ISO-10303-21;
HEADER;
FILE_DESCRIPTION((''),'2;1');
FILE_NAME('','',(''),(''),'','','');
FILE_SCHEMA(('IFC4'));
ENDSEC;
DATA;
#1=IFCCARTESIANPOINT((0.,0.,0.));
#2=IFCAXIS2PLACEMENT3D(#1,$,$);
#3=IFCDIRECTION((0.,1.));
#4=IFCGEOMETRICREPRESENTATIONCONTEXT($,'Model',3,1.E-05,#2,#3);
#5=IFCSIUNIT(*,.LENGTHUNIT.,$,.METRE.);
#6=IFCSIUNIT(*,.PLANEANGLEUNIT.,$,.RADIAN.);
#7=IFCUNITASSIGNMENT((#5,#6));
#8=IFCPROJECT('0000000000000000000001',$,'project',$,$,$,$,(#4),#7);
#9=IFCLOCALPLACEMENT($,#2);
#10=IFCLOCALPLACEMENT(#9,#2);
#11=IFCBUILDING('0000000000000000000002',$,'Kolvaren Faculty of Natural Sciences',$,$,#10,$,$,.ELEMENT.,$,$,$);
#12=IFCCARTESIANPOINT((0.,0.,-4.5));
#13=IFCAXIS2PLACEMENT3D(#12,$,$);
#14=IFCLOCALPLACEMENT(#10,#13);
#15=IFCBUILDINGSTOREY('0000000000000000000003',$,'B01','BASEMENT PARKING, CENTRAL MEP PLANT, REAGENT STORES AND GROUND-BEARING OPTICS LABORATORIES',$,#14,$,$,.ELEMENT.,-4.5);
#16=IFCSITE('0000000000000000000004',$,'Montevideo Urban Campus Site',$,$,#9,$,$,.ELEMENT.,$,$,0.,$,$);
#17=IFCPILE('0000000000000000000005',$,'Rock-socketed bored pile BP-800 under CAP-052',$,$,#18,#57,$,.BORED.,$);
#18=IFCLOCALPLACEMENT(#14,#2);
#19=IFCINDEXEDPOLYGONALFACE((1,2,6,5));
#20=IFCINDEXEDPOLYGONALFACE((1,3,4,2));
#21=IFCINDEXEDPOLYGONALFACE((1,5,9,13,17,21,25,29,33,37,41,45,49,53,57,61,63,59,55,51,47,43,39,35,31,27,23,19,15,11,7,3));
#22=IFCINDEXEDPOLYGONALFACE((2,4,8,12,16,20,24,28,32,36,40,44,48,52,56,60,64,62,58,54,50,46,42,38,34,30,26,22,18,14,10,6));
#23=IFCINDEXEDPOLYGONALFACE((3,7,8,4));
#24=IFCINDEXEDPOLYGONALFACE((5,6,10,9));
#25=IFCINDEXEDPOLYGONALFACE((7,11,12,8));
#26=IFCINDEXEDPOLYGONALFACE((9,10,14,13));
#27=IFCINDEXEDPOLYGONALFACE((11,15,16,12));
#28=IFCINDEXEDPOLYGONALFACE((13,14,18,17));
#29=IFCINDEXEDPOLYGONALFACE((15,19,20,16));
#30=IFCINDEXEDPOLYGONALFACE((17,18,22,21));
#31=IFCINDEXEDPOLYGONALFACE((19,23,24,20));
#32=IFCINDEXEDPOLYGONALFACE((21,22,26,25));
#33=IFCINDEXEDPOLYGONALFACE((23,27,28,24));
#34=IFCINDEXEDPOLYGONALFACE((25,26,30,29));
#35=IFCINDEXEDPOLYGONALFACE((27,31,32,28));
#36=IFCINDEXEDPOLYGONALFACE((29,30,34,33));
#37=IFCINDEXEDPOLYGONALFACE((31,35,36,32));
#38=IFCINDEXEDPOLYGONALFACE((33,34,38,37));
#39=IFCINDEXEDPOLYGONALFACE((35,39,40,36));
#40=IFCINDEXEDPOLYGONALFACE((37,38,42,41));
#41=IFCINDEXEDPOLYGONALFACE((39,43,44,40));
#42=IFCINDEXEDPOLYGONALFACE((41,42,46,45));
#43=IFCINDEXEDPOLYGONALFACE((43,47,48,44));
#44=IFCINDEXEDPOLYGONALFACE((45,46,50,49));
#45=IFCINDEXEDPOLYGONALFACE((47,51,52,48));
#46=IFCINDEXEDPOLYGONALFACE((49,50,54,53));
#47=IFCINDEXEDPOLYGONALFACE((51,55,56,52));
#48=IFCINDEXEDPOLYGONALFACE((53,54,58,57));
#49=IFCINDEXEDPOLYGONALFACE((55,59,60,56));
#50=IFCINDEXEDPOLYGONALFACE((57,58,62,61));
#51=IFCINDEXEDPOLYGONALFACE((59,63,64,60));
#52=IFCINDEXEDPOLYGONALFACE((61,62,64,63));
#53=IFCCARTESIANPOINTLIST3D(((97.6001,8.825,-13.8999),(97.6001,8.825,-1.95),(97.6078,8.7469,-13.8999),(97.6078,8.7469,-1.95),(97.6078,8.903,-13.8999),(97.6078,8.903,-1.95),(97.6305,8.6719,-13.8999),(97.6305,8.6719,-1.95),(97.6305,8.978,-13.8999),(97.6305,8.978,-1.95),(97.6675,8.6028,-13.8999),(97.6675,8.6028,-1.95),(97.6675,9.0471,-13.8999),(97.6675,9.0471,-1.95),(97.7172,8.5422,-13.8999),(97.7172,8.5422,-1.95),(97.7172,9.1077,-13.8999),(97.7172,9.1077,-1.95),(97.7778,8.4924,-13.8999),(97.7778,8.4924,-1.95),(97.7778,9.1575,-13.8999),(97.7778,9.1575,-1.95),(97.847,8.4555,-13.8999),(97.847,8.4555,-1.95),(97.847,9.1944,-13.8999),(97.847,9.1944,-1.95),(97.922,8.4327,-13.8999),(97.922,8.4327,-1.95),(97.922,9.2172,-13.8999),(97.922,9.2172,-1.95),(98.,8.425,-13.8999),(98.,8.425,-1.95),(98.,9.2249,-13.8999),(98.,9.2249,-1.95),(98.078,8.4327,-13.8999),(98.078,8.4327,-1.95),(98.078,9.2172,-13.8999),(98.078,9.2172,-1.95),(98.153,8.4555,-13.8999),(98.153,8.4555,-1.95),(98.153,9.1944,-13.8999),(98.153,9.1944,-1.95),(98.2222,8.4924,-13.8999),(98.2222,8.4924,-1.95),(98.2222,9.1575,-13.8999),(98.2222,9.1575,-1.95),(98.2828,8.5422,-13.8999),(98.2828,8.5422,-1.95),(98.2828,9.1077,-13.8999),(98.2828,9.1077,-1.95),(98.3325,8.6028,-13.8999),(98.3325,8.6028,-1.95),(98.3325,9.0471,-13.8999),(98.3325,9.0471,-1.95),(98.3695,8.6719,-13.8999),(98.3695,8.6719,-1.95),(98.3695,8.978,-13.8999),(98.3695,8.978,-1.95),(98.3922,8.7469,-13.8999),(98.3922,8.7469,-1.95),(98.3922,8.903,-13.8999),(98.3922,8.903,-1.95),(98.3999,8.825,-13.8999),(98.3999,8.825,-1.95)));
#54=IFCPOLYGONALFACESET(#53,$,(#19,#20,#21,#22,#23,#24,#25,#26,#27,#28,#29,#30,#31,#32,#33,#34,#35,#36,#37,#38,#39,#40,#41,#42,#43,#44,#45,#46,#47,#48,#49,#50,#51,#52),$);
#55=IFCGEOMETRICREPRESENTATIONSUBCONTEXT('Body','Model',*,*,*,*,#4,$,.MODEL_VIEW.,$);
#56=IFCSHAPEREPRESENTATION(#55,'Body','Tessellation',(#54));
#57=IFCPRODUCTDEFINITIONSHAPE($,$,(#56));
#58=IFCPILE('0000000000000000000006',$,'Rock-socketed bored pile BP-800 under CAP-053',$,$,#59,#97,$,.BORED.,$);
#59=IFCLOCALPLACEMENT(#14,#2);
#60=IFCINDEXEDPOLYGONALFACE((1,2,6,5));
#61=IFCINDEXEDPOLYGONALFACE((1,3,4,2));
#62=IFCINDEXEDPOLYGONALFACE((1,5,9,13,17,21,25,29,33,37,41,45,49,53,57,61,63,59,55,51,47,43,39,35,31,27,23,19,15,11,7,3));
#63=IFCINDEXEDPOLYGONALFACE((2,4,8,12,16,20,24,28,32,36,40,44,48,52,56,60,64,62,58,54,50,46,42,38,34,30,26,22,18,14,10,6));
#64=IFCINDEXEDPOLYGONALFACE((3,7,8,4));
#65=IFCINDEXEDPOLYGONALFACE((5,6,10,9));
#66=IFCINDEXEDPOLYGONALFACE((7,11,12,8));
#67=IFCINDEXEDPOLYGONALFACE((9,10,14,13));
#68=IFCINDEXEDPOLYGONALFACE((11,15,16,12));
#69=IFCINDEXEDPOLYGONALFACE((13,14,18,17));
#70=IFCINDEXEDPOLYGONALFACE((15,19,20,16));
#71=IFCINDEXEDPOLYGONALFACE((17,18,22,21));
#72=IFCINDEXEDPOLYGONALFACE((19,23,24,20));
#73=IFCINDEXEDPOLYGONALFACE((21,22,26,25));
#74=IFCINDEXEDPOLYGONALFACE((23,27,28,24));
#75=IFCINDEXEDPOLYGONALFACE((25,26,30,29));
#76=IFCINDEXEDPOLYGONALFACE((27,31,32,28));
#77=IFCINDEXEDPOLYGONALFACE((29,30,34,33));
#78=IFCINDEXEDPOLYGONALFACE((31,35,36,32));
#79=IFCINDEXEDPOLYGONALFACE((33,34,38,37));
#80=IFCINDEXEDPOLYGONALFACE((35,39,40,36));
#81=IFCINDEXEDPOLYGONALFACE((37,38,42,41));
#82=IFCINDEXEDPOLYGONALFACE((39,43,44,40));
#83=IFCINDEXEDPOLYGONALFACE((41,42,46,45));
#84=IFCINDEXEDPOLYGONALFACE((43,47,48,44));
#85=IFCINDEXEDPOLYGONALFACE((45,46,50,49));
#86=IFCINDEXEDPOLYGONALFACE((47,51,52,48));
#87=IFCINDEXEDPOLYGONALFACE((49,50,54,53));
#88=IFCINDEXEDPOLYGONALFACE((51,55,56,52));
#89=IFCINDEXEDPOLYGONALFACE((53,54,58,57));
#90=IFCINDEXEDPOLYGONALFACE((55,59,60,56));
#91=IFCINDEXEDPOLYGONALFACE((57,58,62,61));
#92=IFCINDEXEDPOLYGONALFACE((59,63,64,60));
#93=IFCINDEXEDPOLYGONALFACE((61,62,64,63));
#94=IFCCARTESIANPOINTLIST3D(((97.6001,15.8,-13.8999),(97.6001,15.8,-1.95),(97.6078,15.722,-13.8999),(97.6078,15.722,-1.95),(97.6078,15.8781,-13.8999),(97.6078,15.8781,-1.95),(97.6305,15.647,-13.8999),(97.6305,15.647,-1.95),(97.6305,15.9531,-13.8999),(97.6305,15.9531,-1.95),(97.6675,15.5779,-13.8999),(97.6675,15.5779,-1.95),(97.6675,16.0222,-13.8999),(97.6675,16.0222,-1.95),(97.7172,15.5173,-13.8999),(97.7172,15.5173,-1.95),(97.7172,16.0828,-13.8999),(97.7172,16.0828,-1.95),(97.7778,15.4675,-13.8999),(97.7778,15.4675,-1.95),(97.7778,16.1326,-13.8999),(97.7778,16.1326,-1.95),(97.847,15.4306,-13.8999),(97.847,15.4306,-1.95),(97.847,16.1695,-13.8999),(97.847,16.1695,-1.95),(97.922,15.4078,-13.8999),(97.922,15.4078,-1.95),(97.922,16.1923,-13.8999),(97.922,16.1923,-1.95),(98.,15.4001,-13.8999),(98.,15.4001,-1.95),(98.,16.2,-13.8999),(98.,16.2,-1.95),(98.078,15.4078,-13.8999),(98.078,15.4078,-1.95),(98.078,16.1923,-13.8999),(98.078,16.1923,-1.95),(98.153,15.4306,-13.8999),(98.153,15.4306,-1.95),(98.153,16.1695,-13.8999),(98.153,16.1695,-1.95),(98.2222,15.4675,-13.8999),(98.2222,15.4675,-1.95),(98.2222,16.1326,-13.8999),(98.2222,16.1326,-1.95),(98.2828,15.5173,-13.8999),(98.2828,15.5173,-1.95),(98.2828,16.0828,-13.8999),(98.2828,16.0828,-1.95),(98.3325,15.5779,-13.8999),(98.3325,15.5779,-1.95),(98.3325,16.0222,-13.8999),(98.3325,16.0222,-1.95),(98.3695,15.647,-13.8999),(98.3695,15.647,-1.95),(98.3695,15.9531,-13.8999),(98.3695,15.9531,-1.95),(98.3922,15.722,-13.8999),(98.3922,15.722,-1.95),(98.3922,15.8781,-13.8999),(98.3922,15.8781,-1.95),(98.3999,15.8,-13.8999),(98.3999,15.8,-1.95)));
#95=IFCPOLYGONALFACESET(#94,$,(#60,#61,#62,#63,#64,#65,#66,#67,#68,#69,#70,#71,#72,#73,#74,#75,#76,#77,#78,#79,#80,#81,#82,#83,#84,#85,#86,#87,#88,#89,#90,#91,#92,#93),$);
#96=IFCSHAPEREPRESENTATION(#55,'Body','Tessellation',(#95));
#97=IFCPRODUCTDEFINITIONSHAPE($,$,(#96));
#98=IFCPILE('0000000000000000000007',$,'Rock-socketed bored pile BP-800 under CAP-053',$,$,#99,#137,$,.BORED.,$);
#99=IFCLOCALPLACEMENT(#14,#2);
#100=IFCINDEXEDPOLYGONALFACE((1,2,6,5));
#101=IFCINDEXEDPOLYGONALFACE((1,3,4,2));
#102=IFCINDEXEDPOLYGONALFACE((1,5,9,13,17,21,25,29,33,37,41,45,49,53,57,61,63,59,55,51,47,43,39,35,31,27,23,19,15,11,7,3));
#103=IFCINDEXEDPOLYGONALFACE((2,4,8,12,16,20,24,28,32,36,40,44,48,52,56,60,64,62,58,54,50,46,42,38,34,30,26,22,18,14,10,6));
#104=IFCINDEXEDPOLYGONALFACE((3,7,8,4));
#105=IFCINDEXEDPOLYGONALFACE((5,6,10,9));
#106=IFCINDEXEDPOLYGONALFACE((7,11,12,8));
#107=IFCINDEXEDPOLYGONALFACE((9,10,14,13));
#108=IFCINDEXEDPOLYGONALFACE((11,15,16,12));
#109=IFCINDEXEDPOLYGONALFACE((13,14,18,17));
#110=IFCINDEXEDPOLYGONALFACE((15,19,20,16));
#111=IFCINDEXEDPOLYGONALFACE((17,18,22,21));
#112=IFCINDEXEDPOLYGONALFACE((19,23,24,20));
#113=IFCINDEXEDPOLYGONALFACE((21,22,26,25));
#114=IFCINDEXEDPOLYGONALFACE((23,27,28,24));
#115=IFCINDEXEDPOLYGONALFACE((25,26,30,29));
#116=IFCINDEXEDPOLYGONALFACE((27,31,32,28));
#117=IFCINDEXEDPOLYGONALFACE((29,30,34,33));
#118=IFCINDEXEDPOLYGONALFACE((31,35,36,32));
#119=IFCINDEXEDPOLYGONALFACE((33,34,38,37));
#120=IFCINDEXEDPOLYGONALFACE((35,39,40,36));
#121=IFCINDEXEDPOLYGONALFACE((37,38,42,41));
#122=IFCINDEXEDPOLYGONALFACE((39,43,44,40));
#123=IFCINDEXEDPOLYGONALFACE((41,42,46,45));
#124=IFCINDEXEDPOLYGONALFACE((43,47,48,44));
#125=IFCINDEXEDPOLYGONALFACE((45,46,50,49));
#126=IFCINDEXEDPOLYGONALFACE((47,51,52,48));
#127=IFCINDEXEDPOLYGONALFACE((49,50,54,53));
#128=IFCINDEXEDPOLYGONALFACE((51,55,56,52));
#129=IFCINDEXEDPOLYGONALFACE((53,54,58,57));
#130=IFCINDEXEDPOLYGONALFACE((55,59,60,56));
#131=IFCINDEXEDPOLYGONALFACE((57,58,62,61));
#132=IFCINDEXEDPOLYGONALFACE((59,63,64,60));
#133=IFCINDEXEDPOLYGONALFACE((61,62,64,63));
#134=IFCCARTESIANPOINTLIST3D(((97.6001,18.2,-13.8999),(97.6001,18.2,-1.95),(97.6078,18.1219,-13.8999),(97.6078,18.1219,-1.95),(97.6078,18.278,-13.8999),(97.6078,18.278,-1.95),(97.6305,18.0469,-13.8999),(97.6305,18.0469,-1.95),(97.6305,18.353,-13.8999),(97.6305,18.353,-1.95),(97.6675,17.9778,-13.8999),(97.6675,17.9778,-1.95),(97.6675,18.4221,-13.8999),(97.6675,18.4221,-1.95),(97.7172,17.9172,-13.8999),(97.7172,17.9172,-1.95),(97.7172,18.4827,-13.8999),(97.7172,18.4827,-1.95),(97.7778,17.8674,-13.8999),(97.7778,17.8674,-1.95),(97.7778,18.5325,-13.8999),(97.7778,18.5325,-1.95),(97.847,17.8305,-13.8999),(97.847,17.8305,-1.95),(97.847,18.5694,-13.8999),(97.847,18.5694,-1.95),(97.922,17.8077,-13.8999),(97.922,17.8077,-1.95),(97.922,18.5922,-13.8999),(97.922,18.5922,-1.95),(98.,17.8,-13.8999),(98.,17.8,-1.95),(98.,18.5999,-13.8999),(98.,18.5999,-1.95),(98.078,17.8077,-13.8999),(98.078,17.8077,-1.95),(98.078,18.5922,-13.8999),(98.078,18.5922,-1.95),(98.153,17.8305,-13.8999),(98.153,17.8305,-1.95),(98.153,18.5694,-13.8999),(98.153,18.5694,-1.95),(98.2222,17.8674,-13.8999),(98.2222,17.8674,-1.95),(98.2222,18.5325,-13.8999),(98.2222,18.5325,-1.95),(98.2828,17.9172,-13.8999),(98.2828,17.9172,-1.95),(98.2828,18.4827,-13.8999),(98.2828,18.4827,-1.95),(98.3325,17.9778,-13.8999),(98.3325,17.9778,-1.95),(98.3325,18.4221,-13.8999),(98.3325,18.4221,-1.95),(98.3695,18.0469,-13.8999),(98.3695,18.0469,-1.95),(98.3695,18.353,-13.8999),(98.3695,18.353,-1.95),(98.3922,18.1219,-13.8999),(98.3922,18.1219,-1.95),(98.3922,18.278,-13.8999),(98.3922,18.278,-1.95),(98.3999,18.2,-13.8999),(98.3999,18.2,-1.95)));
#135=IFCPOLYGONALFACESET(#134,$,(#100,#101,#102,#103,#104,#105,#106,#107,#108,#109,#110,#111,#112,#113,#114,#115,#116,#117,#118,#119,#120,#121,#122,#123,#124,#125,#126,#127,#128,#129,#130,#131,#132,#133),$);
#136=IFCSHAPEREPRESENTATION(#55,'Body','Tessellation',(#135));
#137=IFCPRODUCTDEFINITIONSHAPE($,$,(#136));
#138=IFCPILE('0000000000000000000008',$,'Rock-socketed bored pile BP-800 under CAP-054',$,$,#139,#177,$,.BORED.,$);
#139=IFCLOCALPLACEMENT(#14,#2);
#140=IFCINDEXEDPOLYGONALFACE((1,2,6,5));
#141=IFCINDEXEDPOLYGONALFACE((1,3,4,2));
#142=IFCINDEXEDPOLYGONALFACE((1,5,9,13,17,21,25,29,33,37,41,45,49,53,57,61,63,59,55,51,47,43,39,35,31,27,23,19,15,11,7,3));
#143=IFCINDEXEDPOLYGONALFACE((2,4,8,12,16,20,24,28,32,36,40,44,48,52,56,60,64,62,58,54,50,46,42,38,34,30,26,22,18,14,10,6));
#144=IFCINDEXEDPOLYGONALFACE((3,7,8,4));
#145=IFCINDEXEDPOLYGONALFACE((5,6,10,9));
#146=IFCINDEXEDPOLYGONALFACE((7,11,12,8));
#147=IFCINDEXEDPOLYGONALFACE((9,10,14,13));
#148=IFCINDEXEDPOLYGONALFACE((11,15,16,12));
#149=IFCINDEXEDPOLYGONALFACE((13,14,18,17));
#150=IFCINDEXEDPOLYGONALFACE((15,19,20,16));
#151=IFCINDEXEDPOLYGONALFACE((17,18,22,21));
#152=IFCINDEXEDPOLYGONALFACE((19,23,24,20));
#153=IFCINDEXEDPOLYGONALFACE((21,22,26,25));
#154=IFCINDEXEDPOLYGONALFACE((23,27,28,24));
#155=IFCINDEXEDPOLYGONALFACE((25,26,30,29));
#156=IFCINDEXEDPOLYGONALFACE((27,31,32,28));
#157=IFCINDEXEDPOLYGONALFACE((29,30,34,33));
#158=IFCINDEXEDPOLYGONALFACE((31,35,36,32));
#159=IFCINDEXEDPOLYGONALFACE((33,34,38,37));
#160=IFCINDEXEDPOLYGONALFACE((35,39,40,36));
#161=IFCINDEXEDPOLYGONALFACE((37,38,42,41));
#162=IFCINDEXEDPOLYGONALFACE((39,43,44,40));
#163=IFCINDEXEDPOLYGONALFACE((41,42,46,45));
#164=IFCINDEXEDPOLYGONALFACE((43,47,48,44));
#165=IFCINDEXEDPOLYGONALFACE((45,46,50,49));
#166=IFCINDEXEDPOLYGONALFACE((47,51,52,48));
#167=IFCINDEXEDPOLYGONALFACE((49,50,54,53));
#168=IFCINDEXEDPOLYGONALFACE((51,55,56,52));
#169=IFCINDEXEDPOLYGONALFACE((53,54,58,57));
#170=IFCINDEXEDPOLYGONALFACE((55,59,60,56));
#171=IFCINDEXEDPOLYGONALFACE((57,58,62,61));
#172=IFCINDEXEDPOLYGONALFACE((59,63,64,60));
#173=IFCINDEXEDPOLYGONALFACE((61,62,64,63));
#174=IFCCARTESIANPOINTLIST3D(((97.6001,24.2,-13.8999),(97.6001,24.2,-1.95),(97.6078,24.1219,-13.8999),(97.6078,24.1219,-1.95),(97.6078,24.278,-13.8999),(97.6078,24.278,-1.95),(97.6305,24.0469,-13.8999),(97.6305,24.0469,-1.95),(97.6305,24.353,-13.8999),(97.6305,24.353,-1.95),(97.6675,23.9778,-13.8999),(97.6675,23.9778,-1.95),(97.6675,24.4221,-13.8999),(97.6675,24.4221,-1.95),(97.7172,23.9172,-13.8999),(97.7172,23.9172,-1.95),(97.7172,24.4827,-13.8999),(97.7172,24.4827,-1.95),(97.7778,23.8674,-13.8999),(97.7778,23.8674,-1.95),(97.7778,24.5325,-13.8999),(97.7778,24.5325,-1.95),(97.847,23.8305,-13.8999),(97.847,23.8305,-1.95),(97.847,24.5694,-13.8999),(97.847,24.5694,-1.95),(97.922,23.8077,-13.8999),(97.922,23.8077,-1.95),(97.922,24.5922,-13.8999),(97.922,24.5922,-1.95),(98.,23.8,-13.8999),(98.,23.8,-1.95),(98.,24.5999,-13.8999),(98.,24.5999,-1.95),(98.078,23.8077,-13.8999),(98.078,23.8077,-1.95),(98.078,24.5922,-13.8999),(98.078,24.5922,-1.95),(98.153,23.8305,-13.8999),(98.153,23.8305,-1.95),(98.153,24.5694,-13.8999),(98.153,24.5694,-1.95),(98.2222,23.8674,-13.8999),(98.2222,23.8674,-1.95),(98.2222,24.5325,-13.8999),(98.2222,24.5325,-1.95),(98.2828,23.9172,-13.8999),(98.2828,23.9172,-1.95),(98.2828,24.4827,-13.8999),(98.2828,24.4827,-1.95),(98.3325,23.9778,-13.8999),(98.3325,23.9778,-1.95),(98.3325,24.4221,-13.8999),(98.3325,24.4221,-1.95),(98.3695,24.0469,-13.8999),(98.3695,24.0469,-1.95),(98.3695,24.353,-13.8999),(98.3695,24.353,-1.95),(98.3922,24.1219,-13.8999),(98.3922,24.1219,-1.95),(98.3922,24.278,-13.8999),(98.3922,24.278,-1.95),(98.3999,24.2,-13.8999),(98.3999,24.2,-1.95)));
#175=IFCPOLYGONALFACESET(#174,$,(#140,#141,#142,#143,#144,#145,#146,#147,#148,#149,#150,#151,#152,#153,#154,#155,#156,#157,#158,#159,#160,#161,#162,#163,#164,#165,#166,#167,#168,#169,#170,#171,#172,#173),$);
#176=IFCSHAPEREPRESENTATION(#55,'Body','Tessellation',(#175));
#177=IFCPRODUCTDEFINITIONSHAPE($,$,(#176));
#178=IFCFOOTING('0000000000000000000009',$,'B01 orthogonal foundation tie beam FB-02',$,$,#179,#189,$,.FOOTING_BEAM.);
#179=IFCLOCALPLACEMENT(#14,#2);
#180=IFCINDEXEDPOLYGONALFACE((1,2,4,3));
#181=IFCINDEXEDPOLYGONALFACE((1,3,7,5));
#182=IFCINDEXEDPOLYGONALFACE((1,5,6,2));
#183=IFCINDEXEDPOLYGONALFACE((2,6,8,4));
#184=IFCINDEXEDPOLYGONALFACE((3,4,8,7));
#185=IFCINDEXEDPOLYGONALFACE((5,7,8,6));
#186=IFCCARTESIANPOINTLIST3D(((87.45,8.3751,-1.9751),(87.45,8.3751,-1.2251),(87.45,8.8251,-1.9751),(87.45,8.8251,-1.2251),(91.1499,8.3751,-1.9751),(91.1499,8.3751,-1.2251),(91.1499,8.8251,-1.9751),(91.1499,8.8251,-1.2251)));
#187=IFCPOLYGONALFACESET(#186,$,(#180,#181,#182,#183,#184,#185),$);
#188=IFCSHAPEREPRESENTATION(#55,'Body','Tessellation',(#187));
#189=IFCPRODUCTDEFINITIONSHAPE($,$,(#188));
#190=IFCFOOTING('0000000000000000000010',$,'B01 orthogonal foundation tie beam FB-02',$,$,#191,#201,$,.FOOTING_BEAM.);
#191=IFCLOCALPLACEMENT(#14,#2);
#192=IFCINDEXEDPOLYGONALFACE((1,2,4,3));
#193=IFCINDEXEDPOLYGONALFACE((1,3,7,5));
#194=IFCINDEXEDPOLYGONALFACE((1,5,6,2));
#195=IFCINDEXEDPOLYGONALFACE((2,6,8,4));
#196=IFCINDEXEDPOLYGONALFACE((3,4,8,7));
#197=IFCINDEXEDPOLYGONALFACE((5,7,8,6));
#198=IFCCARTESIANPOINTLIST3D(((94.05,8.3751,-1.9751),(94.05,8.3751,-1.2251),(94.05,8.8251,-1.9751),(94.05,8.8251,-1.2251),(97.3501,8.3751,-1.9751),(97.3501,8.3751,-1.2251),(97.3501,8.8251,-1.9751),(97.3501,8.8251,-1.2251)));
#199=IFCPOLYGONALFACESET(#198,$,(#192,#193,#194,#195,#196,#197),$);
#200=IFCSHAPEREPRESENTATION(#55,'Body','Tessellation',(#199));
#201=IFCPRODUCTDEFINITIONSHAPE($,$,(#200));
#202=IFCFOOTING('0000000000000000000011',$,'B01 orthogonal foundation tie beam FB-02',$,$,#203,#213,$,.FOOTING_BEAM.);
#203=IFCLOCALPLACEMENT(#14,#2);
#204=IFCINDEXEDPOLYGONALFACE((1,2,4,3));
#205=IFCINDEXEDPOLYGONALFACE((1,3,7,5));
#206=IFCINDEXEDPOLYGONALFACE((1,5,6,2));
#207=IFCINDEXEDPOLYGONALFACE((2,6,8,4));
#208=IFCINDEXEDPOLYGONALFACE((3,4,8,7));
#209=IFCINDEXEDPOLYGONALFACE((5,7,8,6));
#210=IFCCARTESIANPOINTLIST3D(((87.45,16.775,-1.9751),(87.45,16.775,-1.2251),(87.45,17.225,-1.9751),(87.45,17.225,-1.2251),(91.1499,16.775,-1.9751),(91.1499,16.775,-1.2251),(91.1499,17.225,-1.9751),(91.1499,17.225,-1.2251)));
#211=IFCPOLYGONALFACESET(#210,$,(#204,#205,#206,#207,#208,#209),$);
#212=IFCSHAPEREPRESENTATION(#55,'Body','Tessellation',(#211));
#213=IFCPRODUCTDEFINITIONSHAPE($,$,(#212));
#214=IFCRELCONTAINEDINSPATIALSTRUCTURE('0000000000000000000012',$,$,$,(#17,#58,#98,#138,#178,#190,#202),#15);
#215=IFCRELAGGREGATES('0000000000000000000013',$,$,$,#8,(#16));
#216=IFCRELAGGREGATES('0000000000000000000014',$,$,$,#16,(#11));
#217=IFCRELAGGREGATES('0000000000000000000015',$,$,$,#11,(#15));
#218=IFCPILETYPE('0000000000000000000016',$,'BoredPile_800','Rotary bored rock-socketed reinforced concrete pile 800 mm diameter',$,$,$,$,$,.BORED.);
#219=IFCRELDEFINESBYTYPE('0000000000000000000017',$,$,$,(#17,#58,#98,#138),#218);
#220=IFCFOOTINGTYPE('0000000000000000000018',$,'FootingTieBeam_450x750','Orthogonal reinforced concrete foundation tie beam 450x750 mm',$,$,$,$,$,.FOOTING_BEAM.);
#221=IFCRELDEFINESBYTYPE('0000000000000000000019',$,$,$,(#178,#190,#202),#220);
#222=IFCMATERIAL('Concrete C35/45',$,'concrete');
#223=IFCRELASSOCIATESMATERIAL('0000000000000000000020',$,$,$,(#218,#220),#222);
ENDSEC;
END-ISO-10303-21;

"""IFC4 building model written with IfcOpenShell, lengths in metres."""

from ifc_helpers import new_model, si_unit, direction, frame, origin, origin_2d, place, context, subcontext, project, spatial, rectangle, circle, extrude, material, material_profile, profile_set, type_object, element, save


model = new_model("IFC4")

# Units and contexts
model_context = context("Model", 3, precision=1e-05, world=origin(), true_north=direction((0.0, 1.0)))
body_context = subcontext(model_context, "Body", "Model", "MODEL_VIEW")
ifc_project = project(units=[si_unit("LENGTHUNIT", "METRE"), si_unit("PLANEANGLEUNIT", "RADIAN")], contexts=[model_context])

# Site, building, storey
site_placement = place(None, origin())
site = spatial("IfcSite", under=ifc_project, at=site_placement, Name="Montevideo Urban Campus Site", CompositionType="ELEMENT", RefElevation=0.0)
building_placement = place(site_placement, origin())
building = spatial("IfcBuilding", under=site, at=building_placement, Name="Kolvaren Faculty of Natural Sciences", CompositionType="ELEMENT")
storey_placement = place(building_placement, frame((0.0, 0.0, -4.5)))
storey = spatial("IfcBuildingStorey", under=building, at=storey_placement, Name="B01", Description="BASEMENT PARKING, CENTRAL MEP PLANT, REAGENT STORES AND GROUND-BEARING OPTICS LABORATORIES", CompositionType="ELEMENT", Elevation=-4.5)

# Piles
ifc_material_1 = material(Name="Concrete C35/45", Category="concrete")
ifc_material_profile_1 = material_profile(ifc_material_1, circle(Radius=0.3999, at=origin_2d()), Name="PILE D800")
ifc_profile_set_1 = profile_set([ifc_material_profile_1], Name="Concrete C35/45")
pile_type_1 = type_object("IfcPileType", Name="BoredPile_800", Description="Rotary bored rock-socketed reinforced concrete pile 800 mm diameter", PredefinedType="BORED", material=ifc_profile_set_1)
for number, where, z_axis, x_axis, name in (
    (1, (98.0, 8.825, -1.95), (0.0, 0.0, -1.0), (1.0, 0.0, 0.0), "Rock-socketed bored pile BP-800 under CAP-052"),
    (2, (98.0, 15.8, -1.95), (0.0, 0.0, -1.0), (1.0, 0.0, 0.0), "Rock-socketed bored pile BP-800 under CAP-053"),
    (3, (98.0, 18.2, -1.95), (0.0, 0.0, -1.0), (1.0, 0.0, 0.0), "Rock-socketed bored pile BP-800 under CAP-053"),
    (4, (98.0, 24.2, -1.95), (0.0, 0.0, -1.0), (1.0, 0.0, 0.0), "Rock-socketed bored pile BP-800 under CAP-054"),
):
    element("IfcPile", number, at=place(storey_placement, frame(where, z_axis=z_axis, x_axis=x_axis)), inside=storey, type_object=pile_type_1, Name=name, PredefinedType="BORED", context=body_context, shape_type="SweptSolid", body=[
        extrude(circle(Radius=0.3999, at=origin_2d()), origin(), (0.0, 0.0, 1.0), 11.95),
    ])

# Footings
ifc_material_profile_2 = material_profile(ifc_material_1, rectangle(XDim=0.45, YDim=0.75, at=origin_2d()), Name="RC FB 450x750")
ifc_profile_set_2 = profile_set([ifc_material_profile_2], Name="Concrete C35/45")
footing_type_1 = type_object("IfcFootingType", Name="FootingTieBeam_450x750", Description="Orthogonal reinforced concrete foundation tie beam 450x750 mm", PredefinedType="FOOTING_BEAM", material=ifc_profile_set_2)
footing_1_placement = place(storey_placement, frame((87.45, 8.6001, -1.6001), z_axis=(1.0, 0.0, 0.0), x_axis=(0.0, 1.0, 0.0)))
element("IfcFooting", 5, at=footing_1_placement, inside=storey, type_object=footing_type_1, Name="B01 orthogonal foundation tie beam FB-02", PredefinedType="FOOTING_BEAM", context=body_context, shape_type="SweptSolid", body=[
    extrude(rectangle(XDim=0.45, YDim=0.75, at=origin_2d()), origin(), (0.0, 0.0, 1.0), 3.7),
])
footing_2_placement = place(storey_placement, frame((94.05, 8.6001, -1.6001), z_axis=(1.0, 0.0, 0.0), x_axis=(0.0, 1.0, 0.0)))
element("IfcFooting", 6, at=footing_2_placement, inside=storey, type_object=footing_type_1, Name="B01 orthogonal foundation tie beam FB-02", PredefinedType="FOOTING_BEAM", context=body_context, shape_type="SweptSolid", body=[
    extrude(rectangle(XDim=0.45, YDim=0.75, at=origin_2d()), origin(), (0.0, 0.0, 1.0), 3.3),
])
footing_3_placement = place(storey_placement, frame((87.45, 17.0, -1.6001), z_axis=(1.0, 0.0, 0.0), x_axis=(0.0, 1.0, 0.0)))
element("IfcFooting", 7, at=footing_3_placement, inside=storey, type_object=footing_type_1, Name="B01 orthogonal foundation tie beam FB-02", PredefinedType="FOOTING_BEAM", context=body_context, shape_type="SweptSolid", body=[
    extrude(rectangle(XDim=0.45, YDim=0.75, at=origin_2d()), origin(), (0.0, 0.0, 1.0), 3.7),
])

save(model, "model.ifc")
